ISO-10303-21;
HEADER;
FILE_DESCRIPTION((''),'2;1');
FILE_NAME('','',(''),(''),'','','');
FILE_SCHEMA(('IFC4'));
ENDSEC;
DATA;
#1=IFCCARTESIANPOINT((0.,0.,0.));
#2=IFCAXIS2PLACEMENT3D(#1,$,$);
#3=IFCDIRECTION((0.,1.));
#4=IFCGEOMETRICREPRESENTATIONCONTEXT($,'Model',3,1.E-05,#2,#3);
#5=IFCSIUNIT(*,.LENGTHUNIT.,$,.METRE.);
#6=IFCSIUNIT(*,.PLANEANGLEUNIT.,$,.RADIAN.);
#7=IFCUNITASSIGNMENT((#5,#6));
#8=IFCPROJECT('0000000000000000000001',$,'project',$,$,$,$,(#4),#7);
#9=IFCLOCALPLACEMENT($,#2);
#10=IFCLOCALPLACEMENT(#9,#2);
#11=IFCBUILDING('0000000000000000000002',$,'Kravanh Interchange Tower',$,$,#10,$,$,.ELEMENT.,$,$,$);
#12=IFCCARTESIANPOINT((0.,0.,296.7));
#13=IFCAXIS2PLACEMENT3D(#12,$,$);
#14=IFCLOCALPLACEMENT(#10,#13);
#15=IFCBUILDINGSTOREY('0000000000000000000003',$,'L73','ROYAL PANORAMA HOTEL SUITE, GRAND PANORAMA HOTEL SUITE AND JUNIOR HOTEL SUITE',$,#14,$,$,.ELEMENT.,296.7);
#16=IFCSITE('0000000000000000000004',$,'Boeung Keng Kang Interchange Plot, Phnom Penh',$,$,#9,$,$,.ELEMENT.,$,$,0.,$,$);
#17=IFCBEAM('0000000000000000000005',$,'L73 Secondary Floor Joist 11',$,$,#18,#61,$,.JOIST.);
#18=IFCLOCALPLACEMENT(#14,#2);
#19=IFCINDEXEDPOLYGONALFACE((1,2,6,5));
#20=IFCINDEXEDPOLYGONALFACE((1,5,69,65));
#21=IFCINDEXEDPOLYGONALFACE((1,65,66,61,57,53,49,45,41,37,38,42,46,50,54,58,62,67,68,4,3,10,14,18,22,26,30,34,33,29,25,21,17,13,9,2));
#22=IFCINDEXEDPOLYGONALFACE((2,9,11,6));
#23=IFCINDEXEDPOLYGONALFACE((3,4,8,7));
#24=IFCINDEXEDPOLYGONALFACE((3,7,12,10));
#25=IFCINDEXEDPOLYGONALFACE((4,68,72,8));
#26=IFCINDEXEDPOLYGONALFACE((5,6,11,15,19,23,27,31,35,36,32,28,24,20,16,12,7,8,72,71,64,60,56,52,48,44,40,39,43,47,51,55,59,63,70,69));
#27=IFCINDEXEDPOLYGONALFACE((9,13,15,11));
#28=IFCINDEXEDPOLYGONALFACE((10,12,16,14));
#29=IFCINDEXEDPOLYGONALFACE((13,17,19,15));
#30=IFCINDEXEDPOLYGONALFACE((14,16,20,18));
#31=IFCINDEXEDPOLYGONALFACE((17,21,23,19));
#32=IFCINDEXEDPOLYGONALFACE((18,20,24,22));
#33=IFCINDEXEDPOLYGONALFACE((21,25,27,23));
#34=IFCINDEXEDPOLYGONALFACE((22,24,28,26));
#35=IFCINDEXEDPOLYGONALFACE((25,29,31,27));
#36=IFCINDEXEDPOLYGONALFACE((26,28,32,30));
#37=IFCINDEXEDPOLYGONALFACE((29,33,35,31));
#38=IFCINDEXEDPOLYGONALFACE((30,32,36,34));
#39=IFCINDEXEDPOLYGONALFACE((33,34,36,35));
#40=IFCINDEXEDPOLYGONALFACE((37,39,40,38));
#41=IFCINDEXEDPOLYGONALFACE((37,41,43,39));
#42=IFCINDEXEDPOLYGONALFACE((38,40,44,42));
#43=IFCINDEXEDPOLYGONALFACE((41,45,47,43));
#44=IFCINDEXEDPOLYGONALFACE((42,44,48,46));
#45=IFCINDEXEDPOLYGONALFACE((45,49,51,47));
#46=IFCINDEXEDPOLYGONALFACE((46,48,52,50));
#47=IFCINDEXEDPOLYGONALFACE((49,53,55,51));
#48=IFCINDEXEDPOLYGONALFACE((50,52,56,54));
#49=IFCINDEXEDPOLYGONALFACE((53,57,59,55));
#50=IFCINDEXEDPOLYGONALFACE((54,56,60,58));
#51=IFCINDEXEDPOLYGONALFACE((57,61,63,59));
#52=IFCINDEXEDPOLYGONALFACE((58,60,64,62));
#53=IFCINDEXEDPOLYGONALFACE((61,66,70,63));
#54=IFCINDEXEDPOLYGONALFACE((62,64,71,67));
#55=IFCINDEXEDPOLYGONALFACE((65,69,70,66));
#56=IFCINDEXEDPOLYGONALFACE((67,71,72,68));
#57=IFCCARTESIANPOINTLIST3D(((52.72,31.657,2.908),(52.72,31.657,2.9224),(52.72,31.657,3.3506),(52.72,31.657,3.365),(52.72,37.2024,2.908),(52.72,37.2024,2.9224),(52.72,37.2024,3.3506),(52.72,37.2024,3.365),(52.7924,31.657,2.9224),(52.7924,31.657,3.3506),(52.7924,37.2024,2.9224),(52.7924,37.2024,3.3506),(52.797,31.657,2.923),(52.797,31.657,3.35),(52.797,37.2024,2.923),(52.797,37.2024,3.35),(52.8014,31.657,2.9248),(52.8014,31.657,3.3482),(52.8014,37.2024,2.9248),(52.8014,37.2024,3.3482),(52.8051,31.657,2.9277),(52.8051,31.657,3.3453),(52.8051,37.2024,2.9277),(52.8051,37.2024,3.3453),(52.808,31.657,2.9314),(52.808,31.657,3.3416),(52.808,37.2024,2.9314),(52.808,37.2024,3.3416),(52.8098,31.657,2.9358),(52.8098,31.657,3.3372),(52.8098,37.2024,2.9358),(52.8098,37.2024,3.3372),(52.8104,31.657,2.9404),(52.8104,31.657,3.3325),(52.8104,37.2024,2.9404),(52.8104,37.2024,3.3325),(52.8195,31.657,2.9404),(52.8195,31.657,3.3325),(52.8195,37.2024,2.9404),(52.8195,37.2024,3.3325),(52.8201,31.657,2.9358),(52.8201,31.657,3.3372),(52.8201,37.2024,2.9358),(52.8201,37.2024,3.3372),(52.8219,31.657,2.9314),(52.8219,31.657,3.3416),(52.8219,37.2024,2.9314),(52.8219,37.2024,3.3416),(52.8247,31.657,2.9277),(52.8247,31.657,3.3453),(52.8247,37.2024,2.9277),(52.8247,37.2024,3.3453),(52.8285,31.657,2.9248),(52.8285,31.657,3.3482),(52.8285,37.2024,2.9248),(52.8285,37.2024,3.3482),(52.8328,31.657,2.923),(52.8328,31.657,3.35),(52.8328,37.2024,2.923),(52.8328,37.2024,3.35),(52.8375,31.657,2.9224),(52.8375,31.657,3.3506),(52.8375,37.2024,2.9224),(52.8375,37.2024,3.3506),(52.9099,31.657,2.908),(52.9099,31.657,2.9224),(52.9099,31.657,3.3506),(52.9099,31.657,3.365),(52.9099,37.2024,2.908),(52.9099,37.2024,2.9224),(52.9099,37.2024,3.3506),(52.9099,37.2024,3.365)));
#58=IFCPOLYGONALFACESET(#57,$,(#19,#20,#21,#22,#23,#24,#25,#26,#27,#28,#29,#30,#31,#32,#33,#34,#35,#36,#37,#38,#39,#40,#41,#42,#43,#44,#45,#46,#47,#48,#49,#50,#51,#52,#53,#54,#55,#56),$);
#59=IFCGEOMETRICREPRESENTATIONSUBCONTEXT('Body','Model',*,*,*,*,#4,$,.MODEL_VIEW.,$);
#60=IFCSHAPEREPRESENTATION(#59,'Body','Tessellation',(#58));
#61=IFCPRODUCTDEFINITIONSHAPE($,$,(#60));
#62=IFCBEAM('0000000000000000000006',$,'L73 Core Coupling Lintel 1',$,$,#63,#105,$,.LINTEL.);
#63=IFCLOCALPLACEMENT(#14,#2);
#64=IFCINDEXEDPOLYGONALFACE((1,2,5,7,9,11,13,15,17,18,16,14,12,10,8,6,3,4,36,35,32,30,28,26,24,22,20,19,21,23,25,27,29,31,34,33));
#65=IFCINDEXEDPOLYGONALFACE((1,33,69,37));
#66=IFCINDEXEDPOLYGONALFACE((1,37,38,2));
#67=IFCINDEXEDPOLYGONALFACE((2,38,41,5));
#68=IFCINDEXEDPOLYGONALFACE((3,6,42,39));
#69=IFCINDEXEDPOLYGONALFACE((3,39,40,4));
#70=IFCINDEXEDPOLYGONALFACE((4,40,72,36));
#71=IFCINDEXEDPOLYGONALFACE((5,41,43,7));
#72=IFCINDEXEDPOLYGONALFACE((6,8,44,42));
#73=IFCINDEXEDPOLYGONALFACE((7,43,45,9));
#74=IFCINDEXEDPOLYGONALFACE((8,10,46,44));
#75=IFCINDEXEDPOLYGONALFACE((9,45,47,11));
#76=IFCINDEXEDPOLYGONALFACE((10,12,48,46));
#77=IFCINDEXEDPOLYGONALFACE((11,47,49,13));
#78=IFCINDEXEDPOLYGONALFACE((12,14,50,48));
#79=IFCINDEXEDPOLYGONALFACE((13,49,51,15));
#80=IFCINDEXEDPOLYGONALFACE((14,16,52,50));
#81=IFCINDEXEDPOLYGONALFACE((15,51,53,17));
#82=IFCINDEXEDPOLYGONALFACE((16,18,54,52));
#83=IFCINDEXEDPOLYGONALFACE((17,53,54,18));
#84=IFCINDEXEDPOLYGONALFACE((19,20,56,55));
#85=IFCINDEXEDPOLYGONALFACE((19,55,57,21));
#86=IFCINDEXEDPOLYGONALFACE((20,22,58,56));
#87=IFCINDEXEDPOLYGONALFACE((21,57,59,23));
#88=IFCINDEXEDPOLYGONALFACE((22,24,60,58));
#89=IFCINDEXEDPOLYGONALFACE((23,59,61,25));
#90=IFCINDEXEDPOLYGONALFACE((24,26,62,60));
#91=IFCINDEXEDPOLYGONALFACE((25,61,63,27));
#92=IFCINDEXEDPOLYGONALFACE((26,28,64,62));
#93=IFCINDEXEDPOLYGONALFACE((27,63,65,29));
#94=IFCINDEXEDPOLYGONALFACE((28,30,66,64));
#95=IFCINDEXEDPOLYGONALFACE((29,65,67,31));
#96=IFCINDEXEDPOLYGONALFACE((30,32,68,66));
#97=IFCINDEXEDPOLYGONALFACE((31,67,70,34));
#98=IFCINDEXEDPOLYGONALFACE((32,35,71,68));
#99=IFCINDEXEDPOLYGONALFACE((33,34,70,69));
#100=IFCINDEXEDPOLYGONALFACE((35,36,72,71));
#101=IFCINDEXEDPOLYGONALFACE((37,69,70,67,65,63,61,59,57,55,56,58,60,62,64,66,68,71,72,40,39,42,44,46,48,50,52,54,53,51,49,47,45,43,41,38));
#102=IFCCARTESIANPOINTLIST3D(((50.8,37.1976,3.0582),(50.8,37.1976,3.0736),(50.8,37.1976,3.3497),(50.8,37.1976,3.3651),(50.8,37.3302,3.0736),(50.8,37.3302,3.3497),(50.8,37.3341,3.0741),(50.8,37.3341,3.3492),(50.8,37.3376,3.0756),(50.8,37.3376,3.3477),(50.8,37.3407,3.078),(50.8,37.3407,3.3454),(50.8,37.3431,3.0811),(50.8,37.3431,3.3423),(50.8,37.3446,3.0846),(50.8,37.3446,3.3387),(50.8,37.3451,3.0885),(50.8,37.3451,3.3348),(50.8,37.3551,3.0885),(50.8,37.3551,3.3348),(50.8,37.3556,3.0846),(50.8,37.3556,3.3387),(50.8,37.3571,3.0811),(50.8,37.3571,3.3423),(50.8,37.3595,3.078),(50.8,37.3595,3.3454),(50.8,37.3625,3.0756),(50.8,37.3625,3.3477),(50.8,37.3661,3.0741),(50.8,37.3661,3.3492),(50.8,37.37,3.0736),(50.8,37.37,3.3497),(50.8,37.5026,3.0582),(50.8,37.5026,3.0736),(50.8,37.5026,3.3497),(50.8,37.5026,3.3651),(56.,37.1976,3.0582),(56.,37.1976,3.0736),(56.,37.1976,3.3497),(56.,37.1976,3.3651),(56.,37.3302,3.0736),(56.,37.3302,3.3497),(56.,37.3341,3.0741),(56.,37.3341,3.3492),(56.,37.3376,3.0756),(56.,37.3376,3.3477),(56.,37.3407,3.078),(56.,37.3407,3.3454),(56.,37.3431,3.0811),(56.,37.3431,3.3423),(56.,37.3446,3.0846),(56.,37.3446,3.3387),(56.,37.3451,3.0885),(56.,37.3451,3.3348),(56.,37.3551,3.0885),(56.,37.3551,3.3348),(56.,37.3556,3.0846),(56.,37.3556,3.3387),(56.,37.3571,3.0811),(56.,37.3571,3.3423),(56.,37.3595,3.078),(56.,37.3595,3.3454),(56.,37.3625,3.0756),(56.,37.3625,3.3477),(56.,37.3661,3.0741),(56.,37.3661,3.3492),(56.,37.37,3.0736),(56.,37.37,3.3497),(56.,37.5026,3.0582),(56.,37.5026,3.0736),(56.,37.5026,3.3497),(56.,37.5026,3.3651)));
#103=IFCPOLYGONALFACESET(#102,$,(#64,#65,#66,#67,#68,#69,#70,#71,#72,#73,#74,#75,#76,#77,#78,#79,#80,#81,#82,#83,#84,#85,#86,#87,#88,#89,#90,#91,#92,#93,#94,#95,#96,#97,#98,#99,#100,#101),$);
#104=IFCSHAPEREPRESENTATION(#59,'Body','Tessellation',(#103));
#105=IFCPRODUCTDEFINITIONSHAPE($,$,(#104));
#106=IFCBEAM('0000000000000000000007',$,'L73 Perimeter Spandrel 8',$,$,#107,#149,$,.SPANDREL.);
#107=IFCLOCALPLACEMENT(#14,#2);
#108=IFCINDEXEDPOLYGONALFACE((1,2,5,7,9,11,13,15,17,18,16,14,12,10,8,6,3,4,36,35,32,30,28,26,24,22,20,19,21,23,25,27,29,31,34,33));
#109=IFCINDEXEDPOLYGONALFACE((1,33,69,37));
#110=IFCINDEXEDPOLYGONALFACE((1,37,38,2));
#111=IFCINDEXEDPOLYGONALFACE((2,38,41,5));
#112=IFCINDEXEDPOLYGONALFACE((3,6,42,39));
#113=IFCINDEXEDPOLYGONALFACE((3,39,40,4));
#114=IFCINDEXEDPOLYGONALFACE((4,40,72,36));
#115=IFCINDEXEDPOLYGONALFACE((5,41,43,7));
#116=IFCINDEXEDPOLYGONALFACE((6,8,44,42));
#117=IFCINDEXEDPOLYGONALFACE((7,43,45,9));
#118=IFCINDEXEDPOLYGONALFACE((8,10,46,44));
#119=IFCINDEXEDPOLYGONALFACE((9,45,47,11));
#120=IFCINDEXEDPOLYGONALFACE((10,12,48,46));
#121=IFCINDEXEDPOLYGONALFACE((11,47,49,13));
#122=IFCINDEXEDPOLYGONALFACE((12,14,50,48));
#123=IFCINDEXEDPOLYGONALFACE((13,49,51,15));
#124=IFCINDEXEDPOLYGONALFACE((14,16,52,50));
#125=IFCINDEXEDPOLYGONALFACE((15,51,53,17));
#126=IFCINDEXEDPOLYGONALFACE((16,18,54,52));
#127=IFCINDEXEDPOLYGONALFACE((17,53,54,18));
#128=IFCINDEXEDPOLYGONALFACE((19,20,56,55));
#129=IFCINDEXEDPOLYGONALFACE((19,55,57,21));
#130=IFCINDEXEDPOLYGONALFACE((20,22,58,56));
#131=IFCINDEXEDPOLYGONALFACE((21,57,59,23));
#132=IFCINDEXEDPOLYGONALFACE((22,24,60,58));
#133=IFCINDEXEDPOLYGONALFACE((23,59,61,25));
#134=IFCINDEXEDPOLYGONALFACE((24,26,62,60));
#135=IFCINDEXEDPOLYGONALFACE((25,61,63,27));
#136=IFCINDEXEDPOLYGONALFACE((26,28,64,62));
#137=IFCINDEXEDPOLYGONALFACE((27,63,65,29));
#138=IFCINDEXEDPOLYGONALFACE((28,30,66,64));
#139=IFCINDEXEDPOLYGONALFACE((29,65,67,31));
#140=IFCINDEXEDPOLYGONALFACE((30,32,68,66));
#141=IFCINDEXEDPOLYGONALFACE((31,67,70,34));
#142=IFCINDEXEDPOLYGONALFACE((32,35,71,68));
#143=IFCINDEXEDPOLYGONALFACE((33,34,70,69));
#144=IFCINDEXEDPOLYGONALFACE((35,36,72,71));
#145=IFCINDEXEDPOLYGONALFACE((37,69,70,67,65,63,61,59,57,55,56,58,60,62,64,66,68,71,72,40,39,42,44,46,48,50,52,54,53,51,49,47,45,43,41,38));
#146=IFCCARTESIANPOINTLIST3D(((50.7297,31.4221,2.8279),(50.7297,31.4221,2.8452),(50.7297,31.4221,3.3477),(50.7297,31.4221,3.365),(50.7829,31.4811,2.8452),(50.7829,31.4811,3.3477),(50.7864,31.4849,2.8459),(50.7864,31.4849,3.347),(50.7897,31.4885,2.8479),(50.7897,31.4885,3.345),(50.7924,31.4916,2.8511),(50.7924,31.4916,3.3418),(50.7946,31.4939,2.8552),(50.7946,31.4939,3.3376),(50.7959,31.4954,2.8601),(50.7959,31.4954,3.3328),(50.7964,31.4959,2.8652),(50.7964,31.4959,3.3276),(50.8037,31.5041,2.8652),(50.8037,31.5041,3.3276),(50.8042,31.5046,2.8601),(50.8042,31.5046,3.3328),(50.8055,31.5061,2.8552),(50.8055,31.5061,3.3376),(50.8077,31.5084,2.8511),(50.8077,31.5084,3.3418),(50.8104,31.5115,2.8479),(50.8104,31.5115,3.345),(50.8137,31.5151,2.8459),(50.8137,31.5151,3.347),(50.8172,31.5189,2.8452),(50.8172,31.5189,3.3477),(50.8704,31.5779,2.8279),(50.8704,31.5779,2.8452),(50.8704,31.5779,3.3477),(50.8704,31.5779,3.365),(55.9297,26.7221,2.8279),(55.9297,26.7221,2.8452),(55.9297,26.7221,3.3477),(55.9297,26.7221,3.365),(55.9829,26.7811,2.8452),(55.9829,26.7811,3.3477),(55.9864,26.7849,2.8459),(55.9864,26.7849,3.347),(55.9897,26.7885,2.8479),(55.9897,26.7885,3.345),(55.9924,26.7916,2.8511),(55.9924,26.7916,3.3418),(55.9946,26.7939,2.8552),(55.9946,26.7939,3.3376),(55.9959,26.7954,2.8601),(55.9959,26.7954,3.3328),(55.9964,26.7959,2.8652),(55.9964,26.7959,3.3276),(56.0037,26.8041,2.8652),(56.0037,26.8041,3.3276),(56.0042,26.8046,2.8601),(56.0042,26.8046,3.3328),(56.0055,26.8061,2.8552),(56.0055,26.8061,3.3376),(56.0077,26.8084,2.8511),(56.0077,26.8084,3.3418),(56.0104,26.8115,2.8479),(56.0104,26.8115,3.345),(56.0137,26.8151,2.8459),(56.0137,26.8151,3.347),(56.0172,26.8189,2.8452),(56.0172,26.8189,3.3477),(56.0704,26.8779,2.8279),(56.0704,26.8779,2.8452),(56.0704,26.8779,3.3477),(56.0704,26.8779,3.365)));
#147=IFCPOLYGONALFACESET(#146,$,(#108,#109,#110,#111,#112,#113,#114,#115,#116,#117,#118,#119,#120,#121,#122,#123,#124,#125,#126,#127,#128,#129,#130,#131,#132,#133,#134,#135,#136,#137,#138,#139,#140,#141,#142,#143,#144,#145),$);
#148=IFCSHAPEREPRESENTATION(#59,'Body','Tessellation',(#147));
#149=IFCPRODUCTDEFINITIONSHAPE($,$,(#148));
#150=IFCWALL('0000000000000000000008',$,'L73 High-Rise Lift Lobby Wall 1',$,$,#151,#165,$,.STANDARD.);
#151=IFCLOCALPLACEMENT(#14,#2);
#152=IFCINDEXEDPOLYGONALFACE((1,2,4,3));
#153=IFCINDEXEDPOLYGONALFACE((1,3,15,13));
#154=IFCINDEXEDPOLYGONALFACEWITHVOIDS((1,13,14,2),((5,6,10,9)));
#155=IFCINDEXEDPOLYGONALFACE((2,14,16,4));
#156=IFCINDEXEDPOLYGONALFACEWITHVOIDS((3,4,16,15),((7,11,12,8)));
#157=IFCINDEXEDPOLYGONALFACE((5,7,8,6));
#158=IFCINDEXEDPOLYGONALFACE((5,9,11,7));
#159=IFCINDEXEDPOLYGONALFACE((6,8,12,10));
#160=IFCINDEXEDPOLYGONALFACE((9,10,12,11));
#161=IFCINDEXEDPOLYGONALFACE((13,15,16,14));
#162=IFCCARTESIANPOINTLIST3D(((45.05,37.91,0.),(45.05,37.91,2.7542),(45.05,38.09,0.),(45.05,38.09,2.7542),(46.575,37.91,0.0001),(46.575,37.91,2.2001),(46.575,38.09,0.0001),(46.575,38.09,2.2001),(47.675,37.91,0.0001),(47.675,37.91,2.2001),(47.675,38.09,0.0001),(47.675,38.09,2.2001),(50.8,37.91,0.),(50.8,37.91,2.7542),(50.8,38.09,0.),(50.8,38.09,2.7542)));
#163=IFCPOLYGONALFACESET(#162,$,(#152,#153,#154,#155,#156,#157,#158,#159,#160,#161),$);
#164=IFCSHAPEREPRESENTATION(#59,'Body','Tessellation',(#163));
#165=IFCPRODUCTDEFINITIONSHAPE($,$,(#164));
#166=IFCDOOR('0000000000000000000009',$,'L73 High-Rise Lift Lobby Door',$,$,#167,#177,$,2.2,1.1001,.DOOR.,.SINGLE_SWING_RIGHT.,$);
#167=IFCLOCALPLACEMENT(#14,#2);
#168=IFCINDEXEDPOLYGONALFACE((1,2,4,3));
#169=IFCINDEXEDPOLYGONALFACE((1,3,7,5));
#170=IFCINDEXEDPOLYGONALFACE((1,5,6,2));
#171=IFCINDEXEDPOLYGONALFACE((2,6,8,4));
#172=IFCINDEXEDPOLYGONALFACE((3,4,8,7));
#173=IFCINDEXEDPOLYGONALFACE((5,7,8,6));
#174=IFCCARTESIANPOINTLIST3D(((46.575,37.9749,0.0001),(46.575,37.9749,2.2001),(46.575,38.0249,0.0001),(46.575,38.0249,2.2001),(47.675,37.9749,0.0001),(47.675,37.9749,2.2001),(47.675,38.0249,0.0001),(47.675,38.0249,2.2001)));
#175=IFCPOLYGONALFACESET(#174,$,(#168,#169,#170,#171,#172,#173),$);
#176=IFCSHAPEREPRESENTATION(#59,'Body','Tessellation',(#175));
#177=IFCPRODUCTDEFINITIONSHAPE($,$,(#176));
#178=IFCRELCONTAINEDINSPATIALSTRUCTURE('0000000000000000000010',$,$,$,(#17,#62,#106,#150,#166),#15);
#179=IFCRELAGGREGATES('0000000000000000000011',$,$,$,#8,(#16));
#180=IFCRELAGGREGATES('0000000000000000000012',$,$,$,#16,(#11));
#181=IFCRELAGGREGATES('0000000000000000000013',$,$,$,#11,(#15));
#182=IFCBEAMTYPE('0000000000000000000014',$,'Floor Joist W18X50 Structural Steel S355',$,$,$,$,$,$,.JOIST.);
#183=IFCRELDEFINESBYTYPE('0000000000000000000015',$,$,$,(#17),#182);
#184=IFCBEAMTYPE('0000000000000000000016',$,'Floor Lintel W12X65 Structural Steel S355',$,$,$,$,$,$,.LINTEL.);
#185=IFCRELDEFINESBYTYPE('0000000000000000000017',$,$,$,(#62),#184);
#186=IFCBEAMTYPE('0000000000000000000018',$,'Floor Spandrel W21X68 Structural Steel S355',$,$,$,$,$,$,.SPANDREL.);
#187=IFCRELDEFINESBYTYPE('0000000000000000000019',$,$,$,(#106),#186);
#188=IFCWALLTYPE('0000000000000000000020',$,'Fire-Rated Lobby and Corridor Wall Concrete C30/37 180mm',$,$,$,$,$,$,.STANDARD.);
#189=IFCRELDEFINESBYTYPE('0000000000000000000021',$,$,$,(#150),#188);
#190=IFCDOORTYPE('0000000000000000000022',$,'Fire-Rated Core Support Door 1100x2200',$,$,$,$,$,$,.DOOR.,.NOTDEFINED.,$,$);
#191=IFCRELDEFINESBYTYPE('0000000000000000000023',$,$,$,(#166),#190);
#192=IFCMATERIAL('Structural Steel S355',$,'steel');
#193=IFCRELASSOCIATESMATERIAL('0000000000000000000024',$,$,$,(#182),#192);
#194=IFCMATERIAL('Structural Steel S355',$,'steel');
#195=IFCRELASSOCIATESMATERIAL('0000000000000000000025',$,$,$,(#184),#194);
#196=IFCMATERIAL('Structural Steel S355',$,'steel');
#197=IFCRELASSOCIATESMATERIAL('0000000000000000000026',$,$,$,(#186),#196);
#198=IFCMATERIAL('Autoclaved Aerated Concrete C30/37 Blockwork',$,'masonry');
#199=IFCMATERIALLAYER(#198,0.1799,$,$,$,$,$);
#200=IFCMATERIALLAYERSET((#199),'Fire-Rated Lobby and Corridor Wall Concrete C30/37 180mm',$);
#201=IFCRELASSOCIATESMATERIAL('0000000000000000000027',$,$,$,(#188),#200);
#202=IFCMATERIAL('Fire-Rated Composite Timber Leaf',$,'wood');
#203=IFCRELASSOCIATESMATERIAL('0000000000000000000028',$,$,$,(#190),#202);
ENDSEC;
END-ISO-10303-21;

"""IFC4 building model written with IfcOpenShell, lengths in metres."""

from ifc_helpers import new_model, si_unit, direction, frame, frame_2d, origin, origin_2d, place, context, subcontext, project, spatial, rectangle, i_section, extrude, material, layer, layer_set, material_profile, profile_set, type_object, element, fill, save


model = new_model("IFC4")

# Units and contexts
model_context = context("Model", 3, precision=1e-05, world=origin(), true_north=direction((0.0, 1.0)))
body_context = subcontext(model_context, "Body", "Model", "MODEL_VIEW")
ifc_project = project(units=[si_unit("LENGTHUNIT", "METRE"), si_unit("PLANEANGLEUNIT", "RADIAN")], contexts=[model_context])

# Site, building, storey
site_placement = place(None, origin())
site = spatial("IfcSite", under=ifc_project, at=site_placement, Name="Boeung Keng Kang Interchange Plot, Phnom Penh", CompositionType="ELEMENT", RefElevation=0.0)
building_placement = place(site_placement, origin())
building = spatial("IfcBuilding", under=site, at=building_placement, Name="Kravanh Interchange Tower", CompositionType="ELEMENT")
storey_placement = place(building_placement, frame((0.0, 0.0, 296.7)))
storey = spatial("IfcBuildingStorey", under=building, at=storey_placement, Name="L73", Description="ROYAL PANORAMA HOTEL SUITE, GRAND PANORAMA HOTEL SUITE AND JUNIOR HOTEL SUITE", CompositionType="ELEMENT", Elevation=296.7)

# Beams
ifc_material_1 = material(Name="Structural Steel S355", Category="steel")
ifc_material_profile_1 = material_profile(ifc_material_1, i_section(OverallWidth=0.1899, OverallDepth=0.457, WebThickness=0.009, FlangeThickness=0.0144, FilletRadius=0.0181, at=origin_2d()), Name="W18X50")
ifc_profile_set_1 = profile_set([ifc_material_profile_1], Name="Structural Steel S355")
beam_type_1 = type_object("IfcBeamType", Name="Floor Joist W18X50 Structural Steel S355", PredefinedType="JOIST", material=ifc_profile_set_1)
beam_1_placement = place(storey_placement, frame((52.8149, 31.657, 3.1365), z_axis=(0.0, 1.0, 0.0), x_axis=(-1.0, 0.0, 0.0)))
element("IfcBeam", 1, at=beam_1_placement, inside=storey, type_object=beam_type_1, Name="L73 Secondary Floor Joist 11", PredefinedType="JOIST", context=body_context, shape_type="SweptSolid", body=[
    extrude(i_section(OverallWidth=0.1899, OverallDepth=0.457, WebThickness=0.009, FlangeThickness=0.0144, FilletRadius=0.0181, at=origin_2d()), origin(), (0.0, 0.0, 1.0), 5.5454),
])
ifc_material_2 = material(Name="Structural Steel S355", Category="steel")
ifc_material_profile_2 = material_profile(ifc_material_2, i_section(OverallWidth=0.3049, OverallDepth=0.3069, WebThickness=0.01, FlangeThickness=0.0154, FilletRadius=0.0149, at=origin_2d()), Name="W12X65")
ifc_profile_set_2 = profile_set([ifc_material_profile_2], Name="Structural Steel S355")
beam_type_2 = type_object("IfcBeamType", Name="Floor Lintel W12X65 Structural Steel S355", PredefinedType="LINTEL", material=ifc_profile_set_2)
beam_2_placement = place(storey_placement, frame((50.8, 37.3501, 3.2117), z_axis=(1.0, 0.0, 0.0), x_axis=(0.0, 1.0, 0.0)))
element("IfcBeam", 2, at=beam_2_placement, inside=storey, type_object=beam_type_2, Name="L73 Core Coupling Lintel 1", PredefinedType="LINTEL", context=body_context, shape_type="SweptSolid", body=[
    extrude(i_section(OverallWidth=0.3049, OverallDepth=0.3069, WebThickness=0.01, FlangeThickness=0.0154, FilletRadius=0.0149, at=origin_2d()), origin(), (0.0, 0.0, 1.0), 5.2),
])
ifc_material_3 = material(Name="Structural Steel S355", Category="steel")
ifc_material_profile_3 = material_profile(ifc_material_3, i_section(OverallWidth=0.21, OverallDepth=0.5371, WebThickness=0.011, FlangeThickness=0.0173, FilletRadius=0.02, at=origin_2d()), Name="W21X68")
ifc_profile_set_3 = profile_set([ifc_material_profile_3], Name="Structural Steel S355")
beam_type_3 = type_object("IfcBeamType", Name="Floor Spandrel W21X68 Structural Steel S355", PredefinedType="SPANDREL", material=ifc_profile_set_3)
beam_3_placement = place(storey_placement, frame((50.8, 31.5, 3.0964), z_axis=(0.741874, -0.670539, 0.0), x_axis=(0.670539, 0.741874, 0.0)))
element("IfcBeam", 3, at=beam_3_placement, inside=storey, type_object=beam_type_3, Name="L73 Perimeter Spandrel 8", PredefinedType="SPANDREL", context=body_context, shape_type="SweptSolid", body=[
    extrude(i_section(OverallWidth=0.21, OverallDepth=0.5371, WebThickness=0.011, FlangeThickness=0.0173, FilletRadius=0.02, at=origin_2d()), origin(), (0.0, 0.0, 1.0), 7.0093),
])

# Wall, opening, door
ifc_material_4 = material(Name="Autoclaved Aerated Concrete C30/37 Blockwork", Category="masonry")
ifc_layer = layer(ifc_material_4, 0.1799)
ifc_layer_set = layer_set([ifc_layer], Name="Fire-Rated Lobby and Corridor Wall Concrete C30/37 180mm")
wall_type = type_object("IfcWallType", Name="Fire-Rated Lobby and Corridor Wall Concrete C30/37 180mm", PredefinedType="STANDARD", material=ifc_layer_set)
wall_1_placement = place(storey_placement, frame((45.05, 38.0, 0.0), z_axis=(0.0, 0.0, 1.0), x_axis=(1.0, 0.0, 0.0)))
wall_1 = element("IfcWall", 4, at=wall_1_placement, inside=storey, type_object=wall_type, Name="L73 High-Rise Lift Lobby Wall 1", PredefinedType="STANDARD", context=body_context, shape_type="SweptSolid", body=[
    extrude(rectangle(XDim=5.75, YDim=0.1799, at=frame_2d((2.875, 0.0))), origin(), (0.0, 0.0, 1.0), 2.7542),
])
opening_placement = place(wall_1_placement, frame((1.5249, 0.0, 0.0)))
opening = element("IfcOpeningElement", 5, at=opening_placement, cuts=wall_1, PredefinedType="OPENING", context=body_context, shape_type="SweptSolid", body=[
    extrude(rectangle(XDim=1.1001, YDim=2.2, at=frame_2d((0.55, 1.1001))), frame((0.0, 0.1001, 0.0), z_axis=(0.0, -1.0, 0.0), x_axis=(1.0, 0.0, 0.0)), (0.0, 0.0, 1.0), 0.2),
])
ifc_material_5 = material(Name="Fire-Rated Composite Timber Leaf", Category="wood")
door_type = type_object("IfcDoorType", Name="Fire-Rated Core Support Door 1100x2200", OperationType="NOTDEFINED", PredefinedType="DOOR", material=ifc_material_5)
door_placement = place(opening_placement, origin())
door = element("IfcDoor", 6, at=door_placement, inside=storey, type_object=door_type, Name="L73 High-Rise Lift Lobby Door", OperationType="SINGLE_SWING_RIGHT", OverallHeight=2.2, OverallWidth=1.1001, PredefinedType="DOOR", context=body_context, shape_type="SweptSolid", body=[
    extrude(rectangle(XDim=1.1001, YDim=2.2, at=frame_2d((0.55, 1.1001))), frame((0.0, 0.0249, 0.0), z_axis=(0.0, -1.0, 0.0), x_axis=(1.0, 0.0, 0.0)), (0.0, 0.0, 1.0), 0.05),
])
fill(opening, door)

save(model, "model.ifc")
